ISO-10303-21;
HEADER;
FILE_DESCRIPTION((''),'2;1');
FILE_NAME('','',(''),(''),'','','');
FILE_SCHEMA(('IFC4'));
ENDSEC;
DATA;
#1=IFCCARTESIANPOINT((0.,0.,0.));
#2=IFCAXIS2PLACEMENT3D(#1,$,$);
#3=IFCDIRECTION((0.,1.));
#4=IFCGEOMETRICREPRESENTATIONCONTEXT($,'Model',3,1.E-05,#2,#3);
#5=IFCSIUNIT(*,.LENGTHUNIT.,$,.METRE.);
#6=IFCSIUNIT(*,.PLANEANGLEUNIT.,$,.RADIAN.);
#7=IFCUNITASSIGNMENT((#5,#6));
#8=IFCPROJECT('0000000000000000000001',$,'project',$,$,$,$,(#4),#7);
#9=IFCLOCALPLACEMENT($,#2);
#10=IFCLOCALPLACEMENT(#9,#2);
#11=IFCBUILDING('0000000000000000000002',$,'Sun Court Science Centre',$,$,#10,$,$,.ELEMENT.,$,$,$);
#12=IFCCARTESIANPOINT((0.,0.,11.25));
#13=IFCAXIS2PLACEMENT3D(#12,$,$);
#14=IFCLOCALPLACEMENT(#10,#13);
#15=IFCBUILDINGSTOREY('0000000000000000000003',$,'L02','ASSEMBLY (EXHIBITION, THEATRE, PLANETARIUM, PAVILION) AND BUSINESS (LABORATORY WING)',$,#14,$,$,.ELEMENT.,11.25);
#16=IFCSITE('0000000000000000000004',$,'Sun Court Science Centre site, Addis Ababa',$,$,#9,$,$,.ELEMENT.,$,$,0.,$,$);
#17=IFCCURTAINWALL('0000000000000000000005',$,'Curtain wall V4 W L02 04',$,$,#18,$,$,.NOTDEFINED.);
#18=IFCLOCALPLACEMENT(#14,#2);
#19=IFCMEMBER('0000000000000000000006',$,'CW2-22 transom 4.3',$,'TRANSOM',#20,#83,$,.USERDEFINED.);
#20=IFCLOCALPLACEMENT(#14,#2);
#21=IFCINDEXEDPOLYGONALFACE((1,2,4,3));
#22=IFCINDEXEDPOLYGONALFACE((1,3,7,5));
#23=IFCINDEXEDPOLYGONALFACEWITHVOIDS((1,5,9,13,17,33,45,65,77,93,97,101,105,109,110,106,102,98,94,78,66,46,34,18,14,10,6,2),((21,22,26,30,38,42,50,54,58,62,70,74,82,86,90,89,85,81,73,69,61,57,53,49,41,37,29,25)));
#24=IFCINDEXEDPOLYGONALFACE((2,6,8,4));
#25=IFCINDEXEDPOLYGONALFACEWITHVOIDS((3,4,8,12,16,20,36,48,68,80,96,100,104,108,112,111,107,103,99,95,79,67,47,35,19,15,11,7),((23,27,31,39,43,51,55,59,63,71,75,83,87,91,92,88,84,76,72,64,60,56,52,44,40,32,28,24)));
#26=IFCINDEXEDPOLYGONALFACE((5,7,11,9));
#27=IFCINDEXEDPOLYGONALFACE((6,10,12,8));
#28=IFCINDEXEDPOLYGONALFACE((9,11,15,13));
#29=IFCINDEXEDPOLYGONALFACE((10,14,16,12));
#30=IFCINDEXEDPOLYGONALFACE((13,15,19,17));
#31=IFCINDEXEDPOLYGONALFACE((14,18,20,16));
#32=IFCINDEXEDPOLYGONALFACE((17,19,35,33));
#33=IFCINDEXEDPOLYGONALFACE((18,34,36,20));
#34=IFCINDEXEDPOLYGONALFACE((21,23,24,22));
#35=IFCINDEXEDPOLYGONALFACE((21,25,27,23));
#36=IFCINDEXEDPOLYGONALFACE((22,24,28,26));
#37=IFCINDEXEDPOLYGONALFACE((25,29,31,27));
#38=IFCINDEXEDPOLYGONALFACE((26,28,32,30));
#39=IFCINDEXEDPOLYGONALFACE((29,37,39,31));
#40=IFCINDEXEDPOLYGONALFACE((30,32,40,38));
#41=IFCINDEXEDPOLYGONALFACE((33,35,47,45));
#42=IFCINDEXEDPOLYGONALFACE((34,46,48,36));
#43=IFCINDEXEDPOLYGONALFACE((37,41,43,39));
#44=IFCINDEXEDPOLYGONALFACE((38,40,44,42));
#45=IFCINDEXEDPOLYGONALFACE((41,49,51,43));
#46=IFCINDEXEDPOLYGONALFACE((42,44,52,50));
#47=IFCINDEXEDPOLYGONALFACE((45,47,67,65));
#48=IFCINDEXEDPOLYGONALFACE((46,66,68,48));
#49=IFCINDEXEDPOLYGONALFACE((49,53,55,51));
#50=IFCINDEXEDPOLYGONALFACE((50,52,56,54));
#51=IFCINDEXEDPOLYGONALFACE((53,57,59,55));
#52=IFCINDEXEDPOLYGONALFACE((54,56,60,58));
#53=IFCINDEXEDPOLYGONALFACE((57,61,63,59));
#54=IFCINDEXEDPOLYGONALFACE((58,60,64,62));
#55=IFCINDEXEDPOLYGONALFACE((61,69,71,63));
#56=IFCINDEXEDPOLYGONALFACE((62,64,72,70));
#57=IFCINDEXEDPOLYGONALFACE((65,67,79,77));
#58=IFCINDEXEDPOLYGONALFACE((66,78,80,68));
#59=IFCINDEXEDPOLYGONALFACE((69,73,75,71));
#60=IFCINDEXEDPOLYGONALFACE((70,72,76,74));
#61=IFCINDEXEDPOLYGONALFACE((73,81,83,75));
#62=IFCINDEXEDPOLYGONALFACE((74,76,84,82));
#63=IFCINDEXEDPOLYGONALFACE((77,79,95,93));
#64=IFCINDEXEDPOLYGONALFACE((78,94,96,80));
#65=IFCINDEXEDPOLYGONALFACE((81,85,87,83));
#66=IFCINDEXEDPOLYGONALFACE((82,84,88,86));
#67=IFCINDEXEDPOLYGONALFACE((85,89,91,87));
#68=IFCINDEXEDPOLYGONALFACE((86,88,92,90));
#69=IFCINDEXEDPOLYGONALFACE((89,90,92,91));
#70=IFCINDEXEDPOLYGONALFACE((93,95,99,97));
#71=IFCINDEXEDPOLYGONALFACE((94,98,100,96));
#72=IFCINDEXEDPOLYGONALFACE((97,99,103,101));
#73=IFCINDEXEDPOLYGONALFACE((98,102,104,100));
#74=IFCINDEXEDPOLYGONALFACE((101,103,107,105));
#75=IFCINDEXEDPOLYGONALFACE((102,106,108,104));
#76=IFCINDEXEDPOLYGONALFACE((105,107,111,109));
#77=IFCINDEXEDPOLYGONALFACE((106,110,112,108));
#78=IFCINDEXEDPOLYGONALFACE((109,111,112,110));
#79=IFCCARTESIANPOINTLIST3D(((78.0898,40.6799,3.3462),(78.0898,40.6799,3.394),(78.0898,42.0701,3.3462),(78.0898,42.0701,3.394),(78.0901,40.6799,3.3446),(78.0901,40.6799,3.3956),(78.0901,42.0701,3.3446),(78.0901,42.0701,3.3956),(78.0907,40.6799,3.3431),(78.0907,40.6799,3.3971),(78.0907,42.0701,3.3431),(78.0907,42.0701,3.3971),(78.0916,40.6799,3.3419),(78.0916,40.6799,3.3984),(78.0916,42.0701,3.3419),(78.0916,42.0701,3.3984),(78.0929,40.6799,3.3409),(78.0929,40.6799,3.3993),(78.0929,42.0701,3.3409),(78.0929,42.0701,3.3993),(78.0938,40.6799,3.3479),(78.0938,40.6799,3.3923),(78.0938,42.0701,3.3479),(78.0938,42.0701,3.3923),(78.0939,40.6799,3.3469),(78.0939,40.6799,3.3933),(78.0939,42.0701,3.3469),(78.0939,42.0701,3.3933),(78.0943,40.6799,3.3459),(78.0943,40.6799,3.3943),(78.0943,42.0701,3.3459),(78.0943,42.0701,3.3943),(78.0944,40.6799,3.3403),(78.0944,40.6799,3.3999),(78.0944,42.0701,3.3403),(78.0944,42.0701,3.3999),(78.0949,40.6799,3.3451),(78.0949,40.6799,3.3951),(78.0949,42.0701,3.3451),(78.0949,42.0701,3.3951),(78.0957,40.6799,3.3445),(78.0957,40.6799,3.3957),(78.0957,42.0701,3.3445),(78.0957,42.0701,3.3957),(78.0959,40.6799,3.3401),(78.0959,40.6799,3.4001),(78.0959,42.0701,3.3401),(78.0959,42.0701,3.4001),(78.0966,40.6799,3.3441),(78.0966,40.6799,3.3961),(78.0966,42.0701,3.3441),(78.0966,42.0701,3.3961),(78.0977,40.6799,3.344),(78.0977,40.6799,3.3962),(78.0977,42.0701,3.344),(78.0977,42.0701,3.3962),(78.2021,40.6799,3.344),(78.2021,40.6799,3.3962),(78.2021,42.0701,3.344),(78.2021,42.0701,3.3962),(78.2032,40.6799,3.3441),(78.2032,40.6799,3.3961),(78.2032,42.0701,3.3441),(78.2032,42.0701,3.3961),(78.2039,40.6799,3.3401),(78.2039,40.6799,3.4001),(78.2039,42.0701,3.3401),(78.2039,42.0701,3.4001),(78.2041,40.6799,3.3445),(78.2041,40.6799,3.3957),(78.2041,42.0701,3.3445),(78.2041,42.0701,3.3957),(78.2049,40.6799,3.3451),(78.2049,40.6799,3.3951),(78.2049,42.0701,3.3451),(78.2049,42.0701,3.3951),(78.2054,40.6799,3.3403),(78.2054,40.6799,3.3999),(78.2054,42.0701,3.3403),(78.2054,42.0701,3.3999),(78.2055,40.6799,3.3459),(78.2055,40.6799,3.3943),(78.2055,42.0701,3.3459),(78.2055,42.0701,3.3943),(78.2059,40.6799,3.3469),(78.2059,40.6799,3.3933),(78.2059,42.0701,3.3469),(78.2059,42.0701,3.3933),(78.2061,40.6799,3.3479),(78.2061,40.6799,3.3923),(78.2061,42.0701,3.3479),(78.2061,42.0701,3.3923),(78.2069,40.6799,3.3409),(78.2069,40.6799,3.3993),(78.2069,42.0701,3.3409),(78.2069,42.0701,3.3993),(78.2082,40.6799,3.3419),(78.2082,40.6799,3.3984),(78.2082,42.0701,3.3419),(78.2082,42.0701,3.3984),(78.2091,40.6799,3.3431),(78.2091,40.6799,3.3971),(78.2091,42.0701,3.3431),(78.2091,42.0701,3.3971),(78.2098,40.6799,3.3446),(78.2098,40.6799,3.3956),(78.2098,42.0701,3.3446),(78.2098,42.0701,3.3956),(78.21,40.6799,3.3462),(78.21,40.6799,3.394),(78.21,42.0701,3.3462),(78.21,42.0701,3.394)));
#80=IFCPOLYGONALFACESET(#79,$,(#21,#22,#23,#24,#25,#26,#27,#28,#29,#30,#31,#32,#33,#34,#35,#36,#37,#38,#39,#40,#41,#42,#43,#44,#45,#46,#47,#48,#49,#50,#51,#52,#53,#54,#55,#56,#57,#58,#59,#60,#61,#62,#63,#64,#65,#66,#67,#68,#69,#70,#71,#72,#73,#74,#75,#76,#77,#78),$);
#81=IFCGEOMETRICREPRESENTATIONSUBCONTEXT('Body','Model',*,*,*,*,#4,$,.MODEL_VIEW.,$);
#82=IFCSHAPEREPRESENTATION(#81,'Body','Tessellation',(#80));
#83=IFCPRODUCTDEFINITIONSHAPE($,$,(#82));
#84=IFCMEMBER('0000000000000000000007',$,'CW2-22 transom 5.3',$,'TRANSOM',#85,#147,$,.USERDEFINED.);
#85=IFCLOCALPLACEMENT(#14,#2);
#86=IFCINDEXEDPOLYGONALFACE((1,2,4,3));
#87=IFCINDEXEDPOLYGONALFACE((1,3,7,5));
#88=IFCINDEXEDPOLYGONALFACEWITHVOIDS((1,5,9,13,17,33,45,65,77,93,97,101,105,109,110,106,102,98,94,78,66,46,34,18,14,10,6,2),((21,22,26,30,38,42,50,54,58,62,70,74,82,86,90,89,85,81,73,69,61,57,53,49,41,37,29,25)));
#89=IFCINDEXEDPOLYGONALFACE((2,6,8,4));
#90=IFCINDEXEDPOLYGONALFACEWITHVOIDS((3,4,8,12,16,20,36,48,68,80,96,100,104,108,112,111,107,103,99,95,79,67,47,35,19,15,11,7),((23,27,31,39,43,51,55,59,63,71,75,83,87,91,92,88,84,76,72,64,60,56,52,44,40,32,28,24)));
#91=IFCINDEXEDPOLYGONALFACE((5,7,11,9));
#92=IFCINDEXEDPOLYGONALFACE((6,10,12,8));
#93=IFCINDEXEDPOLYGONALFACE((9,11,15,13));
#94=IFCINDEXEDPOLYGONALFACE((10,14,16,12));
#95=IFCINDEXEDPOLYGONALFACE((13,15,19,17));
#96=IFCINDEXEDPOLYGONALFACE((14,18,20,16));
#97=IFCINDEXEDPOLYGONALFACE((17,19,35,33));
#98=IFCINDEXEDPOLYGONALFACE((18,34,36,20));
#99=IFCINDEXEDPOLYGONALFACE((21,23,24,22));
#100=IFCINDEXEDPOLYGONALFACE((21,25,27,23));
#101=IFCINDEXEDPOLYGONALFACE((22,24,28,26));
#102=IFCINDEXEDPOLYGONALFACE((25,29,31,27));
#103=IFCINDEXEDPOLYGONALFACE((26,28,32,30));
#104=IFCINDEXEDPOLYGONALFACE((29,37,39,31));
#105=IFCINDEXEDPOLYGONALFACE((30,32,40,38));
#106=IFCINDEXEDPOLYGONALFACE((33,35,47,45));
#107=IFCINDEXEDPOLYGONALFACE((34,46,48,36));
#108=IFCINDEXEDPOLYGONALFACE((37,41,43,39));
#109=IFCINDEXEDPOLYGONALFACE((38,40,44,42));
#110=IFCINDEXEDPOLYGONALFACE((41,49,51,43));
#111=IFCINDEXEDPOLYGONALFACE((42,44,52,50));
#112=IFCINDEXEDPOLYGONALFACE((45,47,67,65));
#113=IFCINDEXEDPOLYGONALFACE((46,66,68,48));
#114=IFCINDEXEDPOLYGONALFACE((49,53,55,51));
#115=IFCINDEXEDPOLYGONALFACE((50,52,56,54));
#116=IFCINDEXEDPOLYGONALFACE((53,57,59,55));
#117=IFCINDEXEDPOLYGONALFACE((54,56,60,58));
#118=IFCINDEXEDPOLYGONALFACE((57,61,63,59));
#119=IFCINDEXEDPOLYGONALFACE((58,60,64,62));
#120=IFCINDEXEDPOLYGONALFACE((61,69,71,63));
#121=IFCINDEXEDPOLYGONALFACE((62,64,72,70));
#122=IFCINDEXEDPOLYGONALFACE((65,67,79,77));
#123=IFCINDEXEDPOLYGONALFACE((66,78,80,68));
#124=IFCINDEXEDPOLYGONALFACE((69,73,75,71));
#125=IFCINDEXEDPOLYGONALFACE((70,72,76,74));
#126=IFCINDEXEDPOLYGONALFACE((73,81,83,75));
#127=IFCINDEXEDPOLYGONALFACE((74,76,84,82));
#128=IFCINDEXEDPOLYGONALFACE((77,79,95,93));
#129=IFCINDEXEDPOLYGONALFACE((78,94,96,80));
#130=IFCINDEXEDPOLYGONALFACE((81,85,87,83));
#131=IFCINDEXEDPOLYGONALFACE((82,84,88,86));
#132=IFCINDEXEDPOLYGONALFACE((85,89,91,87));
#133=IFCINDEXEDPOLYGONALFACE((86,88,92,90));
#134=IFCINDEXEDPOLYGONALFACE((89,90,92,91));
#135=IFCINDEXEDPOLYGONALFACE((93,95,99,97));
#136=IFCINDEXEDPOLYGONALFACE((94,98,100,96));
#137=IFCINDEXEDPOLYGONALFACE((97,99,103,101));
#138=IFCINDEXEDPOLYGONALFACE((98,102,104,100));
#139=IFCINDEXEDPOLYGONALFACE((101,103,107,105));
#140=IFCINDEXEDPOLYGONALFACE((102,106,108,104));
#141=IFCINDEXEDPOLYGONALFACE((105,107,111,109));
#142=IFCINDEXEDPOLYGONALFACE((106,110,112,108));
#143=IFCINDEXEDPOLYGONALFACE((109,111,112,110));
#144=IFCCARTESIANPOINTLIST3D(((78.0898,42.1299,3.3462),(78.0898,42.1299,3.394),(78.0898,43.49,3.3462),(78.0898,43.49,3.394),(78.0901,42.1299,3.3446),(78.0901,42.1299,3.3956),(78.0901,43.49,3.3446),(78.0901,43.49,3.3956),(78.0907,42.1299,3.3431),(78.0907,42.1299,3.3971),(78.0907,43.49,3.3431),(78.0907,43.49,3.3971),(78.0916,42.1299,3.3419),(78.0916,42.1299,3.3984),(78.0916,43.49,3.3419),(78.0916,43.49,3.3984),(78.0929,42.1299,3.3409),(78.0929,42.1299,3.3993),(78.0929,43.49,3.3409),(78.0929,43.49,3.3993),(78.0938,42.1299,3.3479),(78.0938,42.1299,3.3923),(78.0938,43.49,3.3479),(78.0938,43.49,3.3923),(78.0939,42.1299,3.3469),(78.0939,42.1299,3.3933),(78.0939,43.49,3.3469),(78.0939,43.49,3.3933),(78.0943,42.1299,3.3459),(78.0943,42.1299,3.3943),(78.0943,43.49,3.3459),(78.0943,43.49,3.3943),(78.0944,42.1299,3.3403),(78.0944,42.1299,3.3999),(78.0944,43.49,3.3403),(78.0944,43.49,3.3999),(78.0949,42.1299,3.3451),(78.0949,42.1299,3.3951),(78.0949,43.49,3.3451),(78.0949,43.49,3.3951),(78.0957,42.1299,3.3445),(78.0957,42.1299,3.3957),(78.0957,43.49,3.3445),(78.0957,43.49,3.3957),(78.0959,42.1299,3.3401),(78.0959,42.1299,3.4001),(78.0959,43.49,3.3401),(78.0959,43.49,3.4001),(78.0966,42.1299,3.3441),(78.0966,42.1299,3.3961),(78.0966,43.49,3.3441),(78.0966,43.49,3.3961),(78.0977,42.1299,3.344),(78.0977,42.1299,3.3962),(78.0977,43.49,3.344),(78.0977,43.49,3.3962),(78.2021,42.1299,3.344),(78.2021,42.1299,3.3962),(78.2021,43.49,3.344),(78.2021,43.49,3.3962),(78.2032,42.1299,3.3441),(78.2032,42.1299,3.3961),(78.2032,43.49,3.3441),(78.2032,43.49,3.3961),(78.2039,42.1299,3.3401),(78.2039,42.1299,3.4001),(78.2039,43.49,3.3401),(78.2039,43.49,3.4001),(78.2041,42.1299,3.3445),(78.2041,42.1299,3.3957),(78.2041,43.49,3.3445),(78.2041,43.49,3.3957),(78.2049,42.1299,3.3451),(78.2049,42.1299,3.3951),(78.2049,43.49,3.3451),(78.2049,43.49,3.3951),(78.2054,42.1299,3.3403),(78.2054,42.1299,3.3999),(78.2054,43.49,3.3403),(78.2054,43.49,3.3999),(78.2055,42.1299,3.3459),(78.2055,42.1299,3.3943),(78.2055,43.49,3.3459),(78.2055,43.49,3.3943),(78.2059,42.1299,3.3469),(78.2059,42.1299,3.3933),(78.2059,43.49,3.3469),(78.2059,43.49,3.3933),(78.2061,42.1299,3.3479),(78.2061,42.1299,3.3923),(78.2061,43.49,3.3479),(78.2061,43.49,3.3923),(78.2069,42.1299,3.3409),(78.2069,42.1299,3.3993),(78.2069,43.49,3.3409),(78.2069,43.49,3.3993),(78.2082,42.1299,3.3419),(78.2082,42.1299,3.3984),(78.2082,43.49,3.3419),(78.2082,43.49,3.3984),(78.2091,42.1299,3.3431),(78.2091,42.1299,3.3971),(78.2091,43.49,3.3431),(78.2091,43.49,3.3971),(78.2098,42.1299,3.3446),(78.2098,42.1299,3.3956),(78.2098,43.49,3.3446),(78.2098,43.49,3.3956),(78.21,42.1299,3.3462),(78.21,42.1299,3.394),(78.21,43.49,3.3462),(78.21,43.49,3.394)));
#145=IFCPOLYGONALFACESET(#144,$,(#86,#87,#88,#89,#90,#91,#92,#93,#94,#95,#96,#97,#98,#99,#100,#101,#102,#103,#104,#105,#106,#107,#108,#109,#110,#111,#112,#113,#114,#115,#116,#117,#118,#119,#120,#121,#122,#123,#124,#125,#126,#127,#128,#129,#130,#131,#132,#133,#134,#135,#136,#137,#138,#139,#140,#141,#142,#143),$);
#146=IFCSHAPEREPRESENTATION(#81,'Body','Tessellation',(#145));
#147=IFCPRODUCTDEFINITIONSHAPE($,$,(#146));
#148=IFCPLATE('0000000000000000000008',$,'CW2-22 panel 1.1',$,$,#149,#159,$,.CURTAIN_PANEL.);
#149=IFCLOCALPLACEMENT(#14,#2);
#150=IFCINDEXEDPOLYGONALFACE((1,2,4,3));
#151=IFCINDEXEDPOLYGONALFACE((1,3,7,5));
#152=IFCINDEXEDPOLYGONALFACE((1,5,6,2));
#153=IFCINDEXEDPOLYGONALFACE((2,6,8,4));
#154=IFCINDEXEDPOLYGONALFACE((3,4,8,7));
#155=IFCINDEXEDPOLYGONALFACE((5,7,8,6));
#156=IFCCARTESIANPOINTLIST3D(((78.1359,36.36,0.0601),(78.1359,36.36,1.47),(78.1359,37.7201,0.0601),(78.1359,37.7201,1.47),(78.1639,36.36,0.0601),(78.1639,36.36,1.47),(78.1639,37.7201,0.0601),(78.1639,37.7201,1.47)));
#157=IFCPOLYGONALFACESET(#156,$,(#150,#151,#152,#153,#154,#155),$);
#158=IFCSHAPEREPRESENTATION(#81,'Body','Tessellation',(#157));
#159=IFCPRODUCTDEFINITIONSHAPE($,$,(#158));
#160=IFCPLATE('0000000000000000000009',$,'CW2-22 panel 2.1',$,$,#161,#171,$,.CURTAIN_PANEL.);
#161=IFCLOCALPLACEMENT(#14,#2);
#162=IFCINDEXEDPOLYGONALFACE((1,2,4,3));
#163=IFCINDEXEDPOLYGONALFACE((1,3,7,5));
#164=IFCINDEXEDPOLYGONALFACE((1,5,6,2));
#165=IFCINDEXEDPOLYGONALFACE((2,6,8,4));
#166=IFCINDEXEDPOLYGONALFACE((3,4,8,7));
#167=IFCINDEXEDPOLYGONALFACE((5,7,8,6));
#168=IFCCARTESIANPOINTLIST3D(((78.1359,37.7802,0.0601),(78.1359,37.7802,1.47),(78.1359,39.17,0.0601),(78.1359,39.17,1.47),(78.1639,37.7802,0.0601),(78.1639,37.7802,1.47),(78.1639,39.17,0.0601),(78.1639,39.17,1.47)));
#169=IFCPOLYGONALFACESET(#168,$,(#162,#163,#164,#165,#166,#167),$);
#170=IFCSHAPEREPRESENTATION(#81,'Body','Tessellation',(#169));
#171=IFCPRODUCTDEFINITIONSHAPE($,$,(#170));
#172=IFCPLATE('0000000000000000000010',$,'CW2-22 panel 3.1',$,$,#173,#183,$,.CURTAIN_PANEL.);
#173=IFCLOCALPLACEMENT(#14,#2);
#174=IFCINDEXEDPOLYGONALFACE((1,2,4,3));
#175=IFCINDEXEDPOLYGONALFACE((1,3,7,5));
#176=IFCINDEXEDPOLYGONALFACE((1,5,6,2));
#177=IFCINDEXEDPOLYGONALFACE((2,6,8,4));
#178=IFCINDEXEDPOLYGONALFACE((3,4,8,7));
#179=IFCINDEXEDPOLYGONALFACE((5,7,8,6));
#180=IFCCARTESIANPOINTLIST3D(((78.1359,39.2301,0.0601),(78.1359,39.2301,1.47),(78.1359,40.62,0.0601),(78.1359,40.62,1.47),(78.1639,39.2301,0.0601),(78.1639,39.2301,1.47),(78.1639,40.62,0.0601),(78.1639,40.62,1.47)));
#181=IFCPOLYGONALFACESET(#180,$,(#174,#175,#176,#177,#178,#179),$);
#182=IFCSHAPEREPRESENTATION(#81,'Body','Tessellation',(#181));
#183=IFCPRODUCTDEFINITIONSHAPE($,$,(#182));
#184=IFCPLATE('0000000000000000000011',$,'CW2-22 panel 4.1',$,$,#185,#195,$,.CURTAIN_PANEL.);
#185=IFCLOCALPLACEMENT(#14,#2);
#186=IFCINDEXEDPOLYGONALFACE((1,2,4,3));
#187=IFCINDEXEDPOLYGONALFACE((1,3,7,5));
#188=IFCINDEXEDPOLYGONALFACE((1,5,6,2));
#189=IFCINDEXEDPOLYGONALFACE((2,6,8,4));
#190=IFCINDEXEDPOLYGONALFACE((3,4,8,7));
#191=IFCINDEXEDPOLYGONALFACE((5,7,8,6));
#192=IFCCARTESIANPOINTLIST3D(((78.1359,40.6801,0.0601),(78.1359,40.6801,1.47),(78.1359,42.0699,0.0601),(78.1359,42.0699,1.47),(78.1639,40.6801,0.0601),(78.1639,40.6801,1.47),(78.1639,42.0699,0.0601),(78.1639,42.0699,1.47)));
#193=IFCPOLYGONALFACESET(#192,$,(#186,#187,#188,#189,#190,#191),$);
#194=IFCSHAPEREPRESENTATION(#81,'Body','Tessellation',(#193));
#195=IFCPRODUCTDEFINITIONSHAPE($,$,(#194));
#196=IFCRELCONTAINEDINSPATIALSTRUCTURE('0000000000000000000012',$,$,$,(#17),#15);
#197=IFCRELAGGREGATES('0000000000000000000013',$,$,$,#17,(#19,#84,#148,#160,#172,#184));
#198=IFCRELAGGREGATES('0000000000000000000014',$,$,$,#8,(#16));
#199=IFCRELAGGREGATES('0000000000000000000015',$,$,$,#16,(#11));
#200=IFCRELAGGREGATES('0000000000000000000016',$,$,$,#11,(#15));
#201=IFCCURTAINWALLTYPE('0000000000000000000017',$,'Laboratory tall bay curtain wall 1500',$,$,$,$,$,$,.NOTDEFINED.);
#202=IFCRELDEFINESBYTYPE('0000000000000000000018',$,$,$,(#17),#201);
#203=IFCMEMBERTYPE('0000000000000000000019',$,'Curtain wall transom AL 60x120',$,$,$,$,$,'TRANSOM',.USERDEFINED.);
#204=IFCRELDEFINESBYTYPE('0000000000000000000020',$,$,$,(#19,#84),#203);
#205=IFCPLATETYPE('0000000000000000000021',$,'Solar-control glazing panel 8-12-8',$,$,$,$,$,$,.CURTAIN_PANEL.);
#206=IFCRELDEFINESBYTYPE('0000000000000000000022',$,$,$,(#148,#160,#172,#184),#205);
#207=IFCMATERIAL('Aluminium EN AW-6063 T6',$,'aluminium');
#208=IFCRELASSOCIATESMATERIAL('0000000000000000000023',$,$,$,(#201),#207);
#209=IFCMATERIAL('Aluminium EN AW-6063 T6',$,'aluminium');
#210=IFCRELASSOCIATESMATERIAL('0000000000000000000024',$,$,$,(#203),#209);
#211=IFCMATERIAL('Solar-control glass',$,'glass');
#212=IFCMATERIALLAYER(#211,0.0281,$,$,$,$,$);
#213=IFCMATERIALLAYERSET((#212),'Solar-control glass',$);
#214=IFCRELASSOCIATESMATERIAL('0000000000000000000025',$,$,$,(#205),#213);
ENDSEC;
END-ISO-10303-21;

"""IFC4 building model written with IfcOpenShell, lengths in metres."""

from ifc_helpers import new_model, si_unit, direction, frame, origin, origin_2d, place, context, subcontext, project, spatial, rectangle, hollow_rectangle, extrude, material, layer, layer_set, material_profile, profile_set, type_object, element, aggregate, save


model = new_model("IFC4")

# Units and contexts
model_context = context("Model", 3, precision=1e-05, world=origin(), true_north=direction((0.0, 1.0)))
body_context = subcontext(model_context, "Body", "Model", "MODEL_VIEW")
ifc_project = project(units=[si_unit("LENGTHUNIT", "METRE"), si_unit("PLANEANGLEUNIT", "RADIAN")], contexts=[model_context])

# Site, building, storey
site_placement = place(None, origin())
site = spatial("IfcSite", under=ifc_project, at=site_placement, Name="Sun Court Science Centre site, Addis Ababa", CompositionType="ELEMENT", RefElevation=0.0)
building_placement = place(site_placement, origin())
building = spatial("IfcBuilding", under=site, at=building_placement, Name="Sun Court Science Centre", CompositionType="ELEMENT")
storey_placement = place(building_placement, frame((0.0, 0.0, 11.25)))
storey = spatial("IfcBuildingStorey", under=building, at=storey_placement, Name="L02", Description="ASSEMBLY (EXHIBITION, THEATRE, PLANETARIUM, PAVILION) AND BUSINESS (LABORATORY WING)", CompositionType="ELEMENT", Elevation=11.25)

# Curtain wall, members, plates
ifc_material_1 = material(Name="Aluminium EN AW-6063 T6", Category="aluminium")
curtain_wall_type = type_object("IfcCurtainWallType", Name="Laboratory tall bay curtain wall 1500", PredefinedType="NOTDEFINED", material=ifc_material_1)
curtain_wall_placement = place(storey_placement, origin())
curtain_wall = element("IfcCurtainWall", 1, at=curtain_wall_placement, inside=storey, type_object=curtain_wall_type, Name="Curtain wall V4 W L02 04", PredefinedType="NOTDEFINED")
ifc_material_2 = material(Name="Aluminium EN AW-6063 T6", Category="aluminium")
ifc_material_profile_1 = material_profile(ifc_material_2, hollow_rectangle(XDim=0.0601, YDim=0.1201, WallThickness=0.0039, InnerFilletRadius=0.0039, OuterFilletRadius=0.0061, at=origin_2d()), Name="AL 60x120x4")
ifc_profile_set_1 = profile_set([ifc_material_profile_1], Name="Aluminium EN AW-6063 T6")
member_type_1 = type_object("IfcMemberType", Name="Curtain wall transom AL 60x120", ElementType="TRANSOM", PredefinedType="USERDEFINED", material=ifc_profile_set_1)
member_1_placement = place(storey_placement, frame((78.1499, 40.6799, 3.3701), z_axis=(0.0, 1.0, 0.0), x_axis=(0.0, 0.0, 1.0)))
member_1 = element("IfcMember", 2, at=member_1_placement, type_object=member_type_1, Name="CW2-22 transom 4.3", ObjectType="TRANSOM", PredefinedType="USERDEFINED", context=body_context, shape_type="SweptSolid", body=[
    extrude(hollow_rectangle(XDim=0.0601, YDim=0.1201, WallThickness=0.0039, InnerFilletRadius=0.0039, OuterFilletRadius=0.0061, at=origin_2d()), origin(), (0.0, 0.0, 1.0), 1.3901),
])
member_2_placement = place(storey_placement, frame((78.1499, 42.1299, 3.3701), z_axis=(0.0, 1.0, 0.0), x_axis=(0.0, 0.0, 1.0)))
member_2 = element("IfcMember", 3, at=member_2_placement, type_object=member_type_1, Name="CW2-22 transom 5.3", ObjectType="TRANSOM", PredefinedType="USERDEFINED", context=body_context, shape_type="SweptSolid", body=[
    extrude(hollow_rectangle(XDim=0.0601, YDim=0.1201, WallThickness=0.0039, InnerFilletRadius=0.0039, OuterFilletRadius=0.0061, at=origin_2d()), origin(), (0.0, 0.0, 1.0), 1.3601),
])
ifc_material_3 = material(Name="Solar-control glass", Category="glass")
ifc_layer = layer(ifc_material_3, 0.0281)
ifc_layer_set = layer_set([ifc_layer], Name="Solar-control glass")
plate_type = type_object("IfcPlateType", Name="Solar-control glazing panel 8-12-8", PredefinedType="CURTAIN_PANEL", material=ifc_layer_set)
plate_1_placement = place(storey_placement, frame((78.1499, 37.04, 0.0601), z_axis=(0.0, 0.0, 1.0), x_axis=(0.0, 1.0, 0.0)))
plate_1 = element("IfcPlate", 4, at=plate_1_placement, type_object=plate_type, Name="CW2-22 panel 1.1", PredefinedType="CURTAIN_PANEL", context=body_context, shape_type="SweptSolid", body=[
    extrude(rectangle(XDim=1.3601, YDim=0.0281, at=origin_2d()), origin(), (0.0, 0.0, 1.0), 1.4099),
])
plate_2_placement = place(storey_placement, frame((78.1499, 38.4751, 0.0601), z_axis=(0.0, 0.0, 1.0), x_axis=(0.0, 1.0, 0.0)))
plate_2 = element("IfcPlate", 5, at=plate_2_placement, type_object=plate_type, Name="CW2-22 panel 2.1", PredefinedType="CURTAIN_PANEL", context=body_context, shape_type="SweptSolid", body=[
    extrude(rectangle(XDim=1.3899, YDim=0.0281, at=origin_2d()), origin(), (0.0, 0.0, 1.0), 1.4099),
])
plate_3_placement = place(storey_placement, frame((78.1499, 39.925, 0.0601), z_axis=(0.0, 0.0, 1.0), x_axis=(0.0, 1.0, 0.0)))
plate_3 = element("IfcPlate", 6, at=plate_3_placement, type_object=plate_type, Name="CW2-22 panel 3.1", PredefinedType="CURTAIN_PANEL", context=body_context, shape_type="SweptSolid", body=[
    extrude(rectangle(XDim=1.3899, YDim=0.0281, at=origin_2d()), origin(), (0.0, 0.0, 1.0), 1.4099),
])
plate_4_placement = place(storey_placement, frame((78.1499, 41.375, 0.0601), z_axis=(0.0, 0.0, 1.0), x_axis=(0.0, 1.0, 0.0)))
plate_4 = element("IfcPlate", 7, at=plate_4_placement, type_object=plate_type, Name="CW2-22 panel 4.1", PredefinedType="CURTAIN_PANEL", context=body_context, shape_type="SweptSolid", body=[
    extrude(rectangle(XDim=1.3899, YDim=0.0281, at=origin_2d()), origin(), (0.0, 0.0, 1.0), 1.4099),
])
aggregate(curtain_wall, [member_1, member_2, plate_1, plate_2, plate_3, plate_4])

save(model, "model.ifc")
